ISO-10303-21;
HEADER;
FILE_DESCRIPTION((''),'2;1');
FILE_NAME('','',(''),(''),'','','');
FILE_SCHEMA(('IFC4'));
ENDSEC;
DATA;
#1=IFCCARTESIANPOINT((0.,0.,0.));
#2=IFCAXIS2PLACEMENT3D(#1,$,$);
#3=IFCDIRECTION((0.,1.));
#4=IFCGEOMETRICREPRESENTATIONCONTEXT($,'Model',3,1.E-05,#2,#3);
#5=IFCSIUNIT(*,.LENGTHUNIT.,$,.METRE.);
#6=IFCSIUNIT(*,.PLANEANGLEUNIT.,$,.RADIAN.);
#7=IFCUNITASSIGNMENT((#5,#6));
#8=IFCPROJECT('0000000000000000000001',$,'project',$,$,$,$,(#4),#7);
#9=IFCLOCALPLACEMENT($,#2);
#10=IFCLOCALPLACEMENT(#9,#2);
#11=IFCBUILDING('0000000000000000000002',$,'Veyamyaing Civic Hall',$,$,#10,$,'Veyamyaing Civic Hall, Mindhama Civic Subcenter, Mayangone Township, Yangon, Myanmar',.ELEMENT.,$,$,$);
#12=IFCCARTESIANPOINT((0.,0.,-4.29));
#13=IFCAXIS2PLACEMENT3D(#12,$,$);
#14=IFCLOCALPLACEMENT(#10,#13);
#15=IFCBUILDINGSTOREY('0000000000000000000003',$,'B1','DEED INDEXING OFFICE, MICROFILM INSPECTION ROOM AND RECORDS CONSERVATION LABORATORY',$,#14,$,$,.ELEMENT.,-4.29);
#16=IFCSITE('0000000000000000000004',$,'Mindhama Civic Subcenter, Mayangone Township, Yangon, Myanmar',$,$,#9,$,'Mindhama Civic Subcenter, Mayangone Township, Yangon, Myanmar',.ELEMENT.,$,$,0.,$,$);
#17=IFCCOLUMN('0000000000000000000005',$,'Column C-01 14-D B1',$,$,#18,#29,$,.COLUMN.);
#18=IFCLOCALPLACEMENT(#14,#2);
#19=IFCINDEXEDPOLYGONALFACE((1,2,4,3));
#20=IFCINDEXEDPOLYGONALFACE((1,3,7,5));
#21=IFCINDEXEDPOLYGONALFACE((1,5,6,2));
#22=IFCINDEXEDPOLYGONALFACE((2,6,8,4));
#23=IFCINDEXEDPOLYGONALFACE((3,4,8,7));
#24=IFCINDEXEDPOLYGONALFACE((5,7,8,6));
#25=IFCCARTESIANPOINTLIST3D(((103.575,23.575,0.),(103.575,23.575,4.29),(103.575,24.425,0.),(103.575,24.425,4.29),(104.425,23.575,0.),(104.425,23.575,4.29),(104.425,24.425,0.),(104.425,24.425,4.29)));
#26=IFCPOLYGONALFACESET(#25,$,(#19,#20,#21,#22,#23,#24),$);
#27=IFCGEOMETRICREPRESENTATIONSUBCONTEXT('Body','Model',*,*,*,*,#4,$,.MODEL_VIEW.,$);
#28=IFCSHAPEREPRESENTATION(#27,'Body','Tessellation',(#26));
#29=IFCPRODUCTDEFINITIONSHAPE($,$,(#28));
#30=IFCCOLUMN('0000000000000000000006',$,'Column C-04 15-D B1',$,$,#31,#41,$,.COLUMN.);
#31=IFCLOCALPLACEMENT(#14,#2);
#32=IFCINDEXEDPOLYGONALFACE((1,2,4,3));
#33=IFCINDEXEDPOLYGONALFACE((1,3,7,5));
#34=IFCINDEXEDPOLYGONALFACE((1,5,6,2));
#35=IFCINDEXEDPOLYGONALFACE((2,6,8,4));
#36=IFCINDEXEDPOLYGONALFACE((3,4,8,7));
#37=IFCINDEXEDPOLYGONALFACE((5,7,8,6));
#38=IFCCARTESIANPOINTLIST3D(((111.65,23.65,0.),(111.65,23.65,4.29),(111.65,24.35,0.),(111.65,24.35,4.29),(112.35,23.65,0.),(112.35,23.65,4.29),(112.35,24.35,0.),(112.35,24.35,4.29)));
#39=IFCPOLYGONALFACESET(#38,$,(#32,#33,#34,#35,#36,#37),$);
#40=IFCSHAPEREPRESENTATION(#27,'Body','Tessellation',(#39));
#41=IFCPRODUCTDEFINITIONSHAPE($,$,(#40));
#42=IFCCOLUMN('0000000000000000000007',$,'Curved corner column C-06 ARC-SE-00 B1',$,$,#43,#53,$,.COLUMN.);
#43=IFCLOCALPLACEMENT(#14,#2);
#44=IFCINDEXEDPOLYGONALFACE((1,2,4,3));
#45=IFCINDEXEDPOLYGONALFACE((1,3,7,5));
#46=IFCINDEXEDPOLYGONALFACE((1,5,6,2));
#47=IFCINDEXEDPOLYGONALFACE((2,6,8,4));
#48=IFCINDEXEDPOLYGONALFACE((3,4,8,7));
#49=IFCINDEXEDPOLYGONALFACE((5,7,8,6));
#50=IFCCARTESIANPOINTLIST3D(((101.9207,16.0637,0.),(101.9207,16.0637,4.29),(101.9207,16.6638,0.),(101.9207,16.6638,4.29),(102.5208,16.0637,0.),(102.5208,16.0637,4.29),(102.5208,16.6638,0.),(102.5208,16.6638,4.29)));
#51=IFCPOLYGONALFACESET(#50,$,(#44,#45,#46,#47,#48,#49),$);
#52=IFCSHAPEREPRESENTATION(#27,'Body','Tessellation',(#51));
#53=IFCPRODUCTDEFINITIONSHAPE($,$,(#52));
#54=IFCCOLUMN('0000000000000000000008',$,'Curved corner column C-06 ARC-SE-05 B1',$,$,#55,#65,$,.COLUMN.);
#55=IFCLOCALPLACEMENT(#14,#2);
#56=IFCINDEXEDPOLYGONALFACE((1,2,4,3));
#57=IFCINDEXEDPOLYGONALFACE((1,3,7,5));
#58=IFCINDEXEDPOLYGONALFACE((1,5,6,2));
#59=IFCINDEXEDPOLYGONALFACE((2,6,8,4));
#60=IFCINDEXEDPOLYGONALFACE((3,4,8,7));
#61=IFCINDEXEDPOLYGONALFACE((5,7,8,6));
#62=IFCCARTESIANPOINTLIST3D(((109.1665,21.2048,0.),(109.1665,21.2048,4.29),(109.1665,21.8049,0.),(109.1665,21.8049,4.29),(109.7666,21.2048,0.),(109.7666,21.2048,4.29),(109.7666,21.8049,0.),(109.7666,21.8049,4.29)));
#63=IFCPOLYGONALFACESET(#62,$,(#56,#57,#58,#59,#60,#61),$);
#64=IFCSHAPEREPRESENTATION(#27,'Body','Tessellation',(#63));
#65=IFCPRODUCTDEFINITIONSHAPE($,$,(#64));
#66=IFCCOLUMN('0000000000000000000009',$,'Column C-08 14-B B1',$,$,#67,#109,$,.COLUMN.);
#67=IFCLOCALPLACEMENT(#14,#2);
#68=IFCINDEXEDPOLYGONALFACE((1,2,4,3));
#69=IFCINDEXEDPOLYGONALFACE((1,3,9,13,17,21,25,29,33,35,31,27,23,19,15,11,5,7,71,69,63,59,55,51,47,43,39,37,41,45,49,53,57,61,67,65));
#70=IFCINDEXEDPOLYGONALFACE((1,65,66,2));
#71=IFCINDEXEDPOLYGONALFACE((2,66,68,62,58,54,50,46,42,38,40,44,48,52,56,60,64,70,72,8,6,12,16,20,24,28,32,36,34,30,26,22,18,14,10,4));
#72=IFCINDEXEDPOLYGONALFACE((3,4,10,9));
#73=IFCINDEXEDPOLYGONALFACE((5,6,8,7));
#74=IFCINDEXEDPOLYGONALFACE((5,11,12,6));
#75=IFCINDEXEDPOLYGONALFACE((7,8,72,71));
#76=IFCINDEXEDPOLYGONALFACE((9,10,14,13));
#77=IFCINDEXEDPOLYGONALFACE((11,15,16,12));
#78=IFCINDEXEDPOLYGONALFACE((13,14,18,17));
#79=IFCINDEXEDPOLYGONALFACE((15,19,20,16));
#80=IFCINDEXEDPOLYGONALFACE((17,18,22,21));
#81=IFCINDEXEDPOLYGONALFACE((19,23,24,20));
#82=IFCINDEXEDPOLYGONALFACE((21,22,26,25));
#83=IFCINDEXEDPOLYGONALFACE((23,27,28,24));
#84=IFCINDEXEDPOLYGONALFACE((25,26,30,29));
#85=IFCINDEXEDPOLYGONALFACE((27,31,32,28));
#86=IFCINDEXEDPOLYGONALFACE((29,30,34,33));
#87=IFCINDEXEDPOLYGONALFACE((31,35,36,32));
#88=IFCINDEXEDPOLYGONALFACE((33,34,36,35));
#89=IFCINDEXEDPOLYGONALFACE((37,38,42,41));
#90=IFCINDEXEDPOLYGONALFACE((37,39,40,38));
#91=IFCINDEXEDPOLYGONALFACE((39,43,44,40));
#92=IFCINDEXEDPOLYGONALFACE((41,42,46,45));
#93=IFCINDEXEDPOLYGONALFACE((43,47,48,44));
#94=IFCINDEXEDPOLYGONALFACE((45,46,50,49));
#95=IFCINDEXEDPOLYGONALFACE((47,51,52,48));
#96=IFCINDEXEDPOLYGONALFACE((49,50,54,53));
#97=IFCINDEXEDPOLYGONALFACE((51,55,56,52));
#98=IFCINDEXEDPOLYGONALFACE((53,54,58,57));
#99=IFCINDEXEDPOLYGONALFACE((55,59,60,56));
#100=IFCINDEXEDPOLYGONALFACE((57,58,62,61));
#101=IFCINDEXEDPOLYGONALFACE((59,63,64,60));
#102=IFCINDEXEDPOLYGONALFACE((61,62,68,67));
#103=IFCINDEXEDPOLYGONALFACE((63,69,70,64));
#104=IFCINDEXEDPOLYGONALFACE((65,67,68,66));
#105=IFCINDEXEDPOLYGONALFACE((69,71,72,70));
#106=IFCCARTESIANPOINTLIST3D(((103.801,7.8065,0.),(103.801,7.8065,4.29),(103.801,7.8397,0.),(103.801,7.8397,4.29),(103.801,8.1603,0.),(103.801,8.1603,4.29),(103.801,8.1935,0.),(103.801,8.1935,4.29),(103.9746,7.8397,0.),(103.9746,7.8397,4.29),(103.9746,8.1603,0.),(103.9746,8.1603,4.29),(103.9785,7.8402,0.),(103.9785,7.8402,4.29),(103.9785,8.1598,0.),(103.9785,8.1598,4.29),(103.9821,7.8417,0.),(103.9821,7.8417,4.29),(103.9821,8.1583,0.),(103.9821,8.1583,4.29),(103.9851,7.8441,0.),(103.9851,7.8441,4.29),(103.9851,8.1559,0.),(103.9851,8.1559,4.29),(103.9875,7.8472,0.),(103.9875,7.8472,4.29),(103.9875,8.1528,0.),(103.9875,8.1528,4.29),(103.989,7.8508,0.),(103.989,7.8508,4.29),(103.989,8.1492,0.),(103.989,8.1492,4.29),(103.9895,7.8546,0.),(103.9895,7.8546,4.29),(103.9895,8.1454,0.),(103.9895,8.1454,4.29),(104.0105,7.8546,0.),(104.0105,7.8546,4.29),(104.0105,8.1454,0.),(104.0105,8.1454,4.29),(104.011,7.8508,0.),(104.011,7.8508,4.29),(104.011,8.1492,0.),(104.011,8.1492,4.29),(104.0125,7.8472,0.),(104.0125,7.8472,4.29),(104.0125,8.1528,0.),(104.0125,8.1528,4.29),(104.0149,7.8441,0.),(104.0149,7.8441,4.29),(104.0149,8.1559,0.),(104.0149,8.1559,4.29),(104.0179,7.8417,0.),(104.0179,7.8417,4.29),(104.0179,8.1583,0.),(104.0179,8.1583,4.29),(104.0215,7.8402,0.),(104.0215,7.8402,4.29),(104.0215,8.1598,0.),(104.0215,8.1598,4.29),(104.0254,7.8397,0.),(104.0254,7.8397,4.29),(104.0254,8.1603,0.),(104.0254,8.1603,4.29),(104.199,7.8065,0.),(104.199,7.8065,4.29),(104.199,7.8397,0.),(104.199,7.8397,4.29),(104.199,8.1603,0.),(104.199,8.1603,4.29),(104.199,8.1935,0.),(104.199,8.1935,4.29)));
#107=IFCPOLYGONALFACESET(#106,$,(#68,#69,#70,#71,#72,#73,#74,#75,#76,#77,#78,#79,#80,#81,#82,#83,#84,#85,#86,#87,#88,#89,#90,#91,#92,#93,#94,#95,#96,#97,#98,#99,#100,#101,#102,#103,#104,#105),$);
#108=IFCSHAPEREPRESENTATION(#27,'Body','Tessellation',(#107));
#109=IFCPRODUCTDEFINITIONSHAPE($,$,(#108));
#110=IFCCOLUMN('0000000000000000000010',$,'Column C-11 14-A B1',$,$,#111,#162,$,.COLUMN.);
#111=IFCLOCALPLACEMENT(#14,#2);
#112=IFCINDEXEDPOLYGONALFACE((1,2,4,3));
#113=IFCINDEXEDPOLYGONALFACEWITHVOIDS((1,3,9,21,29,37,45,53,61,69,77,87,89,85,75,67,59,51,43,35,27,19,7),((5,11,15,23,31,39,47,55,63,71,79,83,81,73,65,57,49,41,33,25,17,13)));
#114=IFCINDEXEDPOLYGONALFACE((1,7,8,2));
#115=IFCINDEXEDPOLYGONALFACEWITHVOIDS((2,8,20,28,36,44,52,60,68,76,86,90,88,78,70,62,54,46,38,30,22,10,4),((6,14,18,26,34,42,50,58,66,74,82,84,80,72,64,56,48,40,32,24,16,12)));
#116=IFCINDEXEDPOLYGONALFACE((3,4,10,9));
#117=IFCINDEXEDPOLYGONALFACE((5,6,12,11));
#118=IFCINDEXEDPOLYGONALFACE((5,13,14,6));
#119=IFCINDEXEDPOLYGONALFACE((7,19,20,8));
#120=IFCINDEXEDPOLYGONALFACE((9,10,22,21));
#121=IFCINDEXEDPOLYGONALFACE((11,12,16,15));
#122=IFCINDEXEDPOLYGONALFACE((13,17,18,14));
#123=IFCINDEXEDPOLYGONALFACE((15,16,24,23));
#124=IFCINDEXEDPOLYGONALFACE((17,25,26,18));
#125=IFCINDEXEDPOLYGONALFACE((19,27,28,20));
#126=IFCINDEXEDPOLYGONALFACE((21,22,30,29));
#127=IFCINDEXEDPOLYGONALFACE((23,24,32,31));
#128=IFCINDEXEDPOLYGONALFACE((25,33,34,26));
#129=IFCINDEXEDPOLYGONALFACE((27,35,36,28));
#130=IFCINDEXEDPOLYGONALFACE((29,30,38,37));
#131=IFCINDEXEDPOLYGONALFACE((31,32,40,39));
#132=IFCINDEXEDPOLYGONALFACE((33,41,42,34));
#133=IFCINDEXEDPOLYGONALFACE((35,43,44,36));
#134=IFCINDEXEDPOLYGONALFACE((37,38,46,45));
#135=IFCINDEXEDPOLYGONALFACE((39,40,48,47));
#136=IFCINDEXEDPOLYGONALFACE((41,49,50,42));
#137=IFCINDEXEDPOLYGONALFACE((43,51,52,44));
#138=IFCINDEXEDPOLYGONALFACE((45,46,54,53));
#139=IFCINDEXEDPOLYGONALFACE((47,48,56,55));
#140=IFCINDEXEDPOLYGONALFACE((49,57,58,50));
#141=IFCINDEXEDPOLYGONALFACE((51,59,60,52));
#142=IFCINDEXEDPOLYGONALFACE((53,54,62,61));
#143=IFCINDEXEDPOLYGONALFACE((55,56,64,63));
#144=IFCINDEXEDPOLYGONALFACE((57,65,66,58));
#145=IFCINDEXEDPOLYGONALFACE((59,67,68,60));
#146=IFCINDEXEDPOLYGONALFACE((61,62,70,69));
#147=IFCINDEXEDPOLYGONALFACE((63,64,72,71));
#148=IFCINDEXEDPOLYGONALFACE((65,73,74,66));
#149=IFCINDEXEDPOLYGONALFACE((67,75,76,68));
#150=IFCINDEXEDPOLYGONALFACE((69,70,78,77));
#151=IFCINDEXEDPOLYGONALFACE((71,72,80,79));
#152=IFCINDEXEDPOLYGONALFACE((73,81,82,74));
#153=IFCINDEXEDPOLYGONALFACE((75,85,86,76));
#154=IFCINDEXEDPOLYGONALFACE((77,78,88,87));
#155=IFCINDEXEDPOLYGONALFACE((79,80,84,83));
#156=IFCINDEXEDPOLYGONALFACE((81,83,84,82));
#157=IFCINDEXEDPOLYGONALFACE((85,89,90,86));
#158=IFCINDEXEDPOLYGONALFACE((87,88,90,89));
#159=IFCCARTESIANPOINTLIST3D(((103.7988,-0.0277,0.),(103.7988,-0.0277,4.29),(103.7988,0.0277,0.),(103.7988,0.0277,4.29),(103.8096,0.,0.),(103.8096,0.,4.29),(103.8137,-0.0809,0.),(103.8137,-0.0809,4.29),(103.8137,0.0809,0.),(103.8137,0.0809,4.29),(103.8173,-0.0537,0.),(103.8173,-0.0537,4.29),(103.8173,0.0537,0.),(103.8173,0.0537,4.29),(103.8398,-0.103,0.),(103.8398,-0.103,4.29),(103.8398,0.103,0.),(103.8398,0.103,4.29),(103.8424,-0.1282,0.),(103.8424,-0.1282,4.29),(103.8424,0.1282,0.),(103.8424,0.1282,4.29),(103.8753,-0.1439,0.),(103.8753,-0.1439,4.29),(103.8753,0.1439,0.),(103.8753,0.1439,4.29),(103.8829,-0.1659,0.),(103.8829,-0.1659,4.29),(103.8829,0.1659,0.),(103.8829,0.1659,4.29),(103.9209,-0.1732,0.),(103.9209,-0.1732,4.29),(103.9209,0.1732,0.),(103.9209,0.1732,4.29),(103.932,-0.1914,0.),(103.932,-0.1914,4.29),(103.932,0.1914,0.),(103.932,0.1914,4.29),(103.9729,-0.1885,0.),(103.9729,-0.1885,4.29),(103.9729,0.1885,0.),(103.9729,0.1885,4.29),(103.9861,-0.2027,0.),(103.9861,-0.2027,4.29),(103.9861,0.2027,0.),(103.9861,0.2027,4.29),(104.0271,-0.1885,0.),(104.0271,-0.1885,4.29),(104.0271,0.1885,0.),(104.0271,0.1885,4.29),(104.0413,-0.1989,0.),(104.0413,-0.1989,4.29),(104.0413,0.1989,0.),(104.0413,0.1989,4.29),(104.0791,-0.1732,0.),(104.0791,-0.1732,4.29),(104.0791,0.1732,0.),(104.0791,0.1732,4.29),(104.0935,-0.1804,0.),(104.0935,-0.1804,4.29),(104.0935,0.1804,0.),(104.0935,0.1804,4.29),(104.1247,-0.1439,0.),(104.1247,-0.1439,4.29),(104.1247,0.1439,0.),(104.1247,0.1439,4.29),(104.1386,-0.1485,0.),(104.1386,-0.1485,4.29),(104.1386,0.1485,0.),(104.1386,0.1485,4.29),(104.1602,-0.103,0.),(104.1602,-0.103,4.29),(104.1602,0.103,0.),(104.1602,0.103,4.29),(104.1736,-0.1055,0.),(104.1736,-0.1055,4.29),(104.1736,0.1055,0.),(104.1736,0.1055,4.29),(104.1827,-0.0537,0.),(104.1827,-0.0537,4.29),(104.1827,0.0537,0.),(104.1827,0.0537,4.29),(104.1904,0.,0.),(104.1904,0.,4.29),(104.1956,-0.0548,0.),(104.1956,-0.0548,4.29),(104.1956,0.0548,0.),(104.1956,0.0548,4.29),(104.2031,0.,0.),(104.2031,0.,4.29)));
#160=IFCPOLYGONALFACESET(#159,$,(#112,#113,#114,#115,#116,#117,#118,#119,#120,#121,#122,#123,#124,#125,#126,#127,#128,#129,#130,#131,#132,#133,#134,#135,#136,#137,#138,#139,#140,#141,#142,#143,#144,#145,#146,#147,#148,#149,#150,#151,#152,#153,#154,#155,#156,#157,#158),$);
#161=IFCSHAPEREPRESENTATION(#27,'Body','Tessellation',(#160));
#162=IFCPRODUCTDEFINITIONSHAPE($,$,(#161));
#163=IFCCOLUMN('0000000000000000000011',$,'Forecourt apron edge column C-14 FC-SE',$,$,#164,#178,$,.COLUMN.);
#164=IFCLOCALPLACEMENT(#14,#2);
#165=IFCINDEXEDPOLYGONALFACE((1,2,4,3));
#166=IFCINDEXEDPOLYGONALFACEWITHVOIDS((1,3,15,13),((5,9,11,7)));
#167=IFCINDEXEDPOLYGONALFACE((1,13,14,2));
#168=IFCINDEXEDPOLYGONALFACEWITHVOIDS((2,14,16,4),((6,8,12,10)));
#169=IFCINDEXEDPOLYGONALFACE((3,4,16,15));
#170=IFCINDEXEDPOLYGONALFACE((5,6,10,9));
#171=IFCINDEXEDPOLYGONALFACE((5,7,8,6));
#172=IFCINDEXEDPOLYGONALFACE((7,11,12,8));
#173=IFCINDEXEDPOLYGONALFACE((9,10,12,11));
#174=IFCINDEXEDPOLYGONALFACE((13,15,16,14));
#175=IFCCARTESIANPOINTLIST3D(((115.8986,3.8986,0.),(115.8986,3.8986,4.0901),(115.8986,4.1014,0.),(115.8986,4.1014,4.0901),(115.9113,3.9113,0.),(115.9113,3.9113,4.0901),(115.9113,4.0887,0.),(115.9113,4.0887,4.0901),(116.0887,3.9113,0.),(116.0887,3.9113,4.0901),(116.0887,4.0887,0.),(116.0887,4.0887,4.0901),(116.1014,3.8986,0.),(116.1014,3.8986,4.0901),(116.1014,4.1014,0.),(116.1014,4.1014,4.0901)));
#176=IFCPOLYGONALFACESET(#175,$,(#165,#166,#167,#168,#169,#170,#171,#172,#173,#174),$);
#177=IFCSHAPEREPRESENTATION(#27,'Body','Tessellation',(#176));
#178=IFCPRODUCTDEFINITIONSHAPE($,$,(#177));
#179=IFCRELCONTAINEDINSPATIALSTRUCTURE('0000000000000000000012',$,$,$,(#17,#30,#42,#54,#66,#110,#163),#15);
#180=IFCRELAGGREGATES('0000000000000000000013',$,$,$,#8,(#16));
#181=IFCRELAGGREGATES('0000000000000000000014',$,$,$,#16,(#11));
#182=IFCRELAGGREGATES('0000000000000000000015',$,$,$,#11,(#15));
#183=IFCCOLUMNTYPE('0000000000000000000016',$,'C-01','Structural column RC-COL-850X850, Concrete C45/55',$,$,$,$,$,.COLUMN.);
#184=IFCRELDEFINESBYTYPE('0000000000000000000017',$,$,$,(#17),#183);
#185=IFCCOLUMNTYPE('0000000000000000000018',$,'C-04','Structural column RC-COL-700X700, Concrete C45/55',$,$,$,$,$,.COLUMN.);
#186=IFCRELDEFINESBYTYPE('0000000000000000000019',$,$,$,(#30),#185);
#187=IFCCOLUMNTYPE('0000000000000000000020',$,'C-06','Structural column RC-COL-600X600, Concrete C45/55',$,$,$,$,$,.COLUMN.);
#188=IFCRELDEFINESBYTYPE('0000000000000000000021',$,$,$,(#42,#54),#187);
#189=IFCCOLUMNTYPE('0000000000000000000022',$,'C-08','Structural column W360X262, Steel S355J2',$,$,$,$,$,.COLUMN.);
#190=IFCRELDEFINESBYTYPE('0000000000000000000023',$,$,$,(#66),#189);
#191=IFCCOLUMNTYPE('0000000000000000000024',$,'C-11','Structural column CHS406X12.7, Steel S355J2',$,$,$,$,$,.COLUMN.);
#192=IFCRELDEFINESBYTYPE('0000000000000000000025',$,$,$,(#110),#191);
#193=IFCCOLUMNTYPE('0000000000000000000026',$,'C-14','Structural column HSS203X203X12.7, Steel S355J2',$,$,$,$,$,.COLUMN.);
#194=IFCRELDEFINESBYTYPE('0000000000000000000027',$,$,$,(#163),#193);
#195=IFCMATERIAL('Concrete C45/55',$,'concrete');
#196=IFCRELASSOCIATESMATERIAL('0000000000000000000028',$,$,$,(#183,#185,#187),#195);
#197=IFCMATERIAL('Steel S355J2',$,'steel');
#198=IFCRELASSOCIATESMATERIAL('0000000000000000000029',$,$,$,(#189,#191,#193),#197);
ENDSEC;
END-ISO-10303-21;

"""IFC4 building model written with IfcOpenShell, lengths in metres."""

from ifc_helpers import new_model, si_unit, direction, frame, origin, origin_2d, place, context, subcontext, project, spatial, rectangle, hollow_rectangle, hollow_circle, i_section, extrude, material, material_profile, profile_set, type_object, element, save


model = new_model("IFC4")

# Units and contexts
model_context = context("Model", 3, precision=1e-05, world=origin(), true_north=direction((0.0, 1.0)))
body_context = subcontext(model_context, "Body", "Model", "MODEL_VIEW")
ifc_project = project(units=[si_unit("LENGTHUNIT", "METRE"), si_unit("PLANEANGLEUNIT", "RADIAN")], contexts=[model_context])

# Site, building, storey
site_placement = place(None, origin())
site = spatial("IfcSite", under=ifc_project, at=site_placement, Name="Mindhama Civic Subcenter, Mayangone Township, Yangon, Myanmar", LongName="Mindhama Civic Subcenter, Mayangone Township, Yangon, Myanmar", CompositionType="ELEMENT", RefElevation=0.0)
building_placement = place(site_placement, origin())
building = spatial("IfcBuilding", under=site, at=building_placement, Name="Veyamyaing Civic Hall", LongName="Veyamyaing Civic Hall, Mindhama Civic Subcenter, Mayangone Township, Yangon, Myanmar", CompositionType="ELEMENT")
storey_placement = place(building_placement, frame((0.0, 0.0, -4.29)))
storey = spatial("IfcBuildingStorey", under=building, at=storey_placement, Name="B1", Description="DEED INDEXING OFFICE, MICROFILM INSPECTION ROOM AND RECORDS CONSERVATION LABORATORY", CompositionType="ELEMENT", Elevation=-4.29)

# Columns
ifc_material_1 = material(Name="Concrete C45/55", Category="concrete")
ifc_material_profile_1 = material_profile(ifc_material_1, rectangle(XDim=0.8501, YDim=0.8501, at=origin_2d()), Name="RC-COL-850X850")
ifc_profile_set_1 = profile_set([ifc_material_profile_1], Name="Concrete C45/55")
column_type_1 = type_object("IfcColumnType", Name="C-01", Description="Structural column RC-COL-850X850, Concrete C45/55", PredefinedType="COLUMN", material=ifc_profile_set_1)
column_1_placement = place(storey_placement, frame((104.0, 24.0, 0.0), z_axis=(0.0, 0.0, 1.0), x_axis=(1.0, 0.0, 0.0)))
element("IfcColumn", 1, at=column_1_placement, inside=storey, type_object=column_type_1, Name="Column C-01 14-D B1", PredefinedType="COLUMN", context=body_context, shape_type="SweptSolid", body=[
    extrude(rectangle(XDim=0.8501, YDim=0.8501, at=origin_2d()), origin(), (0.0, 0.0, 1.0), 4.29),
])
ifc_material_profile_2 = material_profile(ifc_material_1, rectangle(XDim=0.7, YDim=0.7, at=origin_2d()), Name="RC-COL-700X700")
ifc_profile_set_2 = profile_set([ifc_material_profile_2], Name="Concrete C45/55")
column_type_2 = type_object("IfcColumnType", Name="C-04", Description="Structural column RC-COL-700X700, Concrete C45/55", PredefinedType="COLUMN", material=ifc_profile_set_2)
column_2_placement = place(storey_placement, frame((112.0, 24.0, 0.0), z_axis=(0.0, 0.0, 1.0), x_axis=(1.0, 0.0, 0.0)))
element("IfcColumn", 2, at=column_2_placement, inside=storey, type_object=column_type_2, Name="Column C-04 15-D B1", PredefinedType="COLUMN", context=body_context, shape_type="SweptSolid", body=[
    extrude(rectangle(XDim=0.7, YDim=0.7, at=origin_2d()), origin(), (0.0, 0.0, 1.0), 4.29),
])
ifc_material_profile_3 = material_profile(ifc_material_1, rectangle(XDim=0.6001, YDim=0.6001, at=origin_2d()), Name="RC-COL-600X600")
ifc_profile_set_3 = profile_set([ifc_material_profile_3], Name="Concrete C45/55")
column_type_3 = type_object("IfcColumnType", Name="C-06", Description="Structural column RC-COL-600X600, Concrete C45/55", PredefinedType="COLUMN", material=ifc_profile_set_3)
for number, where, z_axis, x_axis, name in (
    (3, (102.2207, 16.3638, 0.0), (0.0, 0.0, 1.0), (1.0, 0.0, 0.0), "Curved corner column C-06 ARC-SE-00 B1"),
    (4, (109.4666, 21.5049, 0.0), (0.0, 0.0, 1.0), (1.0, 0.0, 0.0), "Curved corner column C-06 ARC-SE-05 B1"),
):
    element("IfcColumn", number, at=place(storey_placement, frame(where, z_axis=z_axis, x_axis=x_axis)), inside=storey, type_object=column_type_3, Name=name, PredefinedType="COLUMN", context=body_context, shape_type="SweptSolid", body=[
        extrude(rectangle(XDim=0.6001, YDim=0.6001, at=origin_2d()), origin(), (0.0, 0.0, 1.0), 4.29),
    ])
ifc_material_2 = material(Name="Steel S355J2", Category="steel")
ifc_material_profile_4 = material_profile(ifc_material_2, i_section(OverallWidth=0.3979, OverallDepth=0.387, WebThickness=0.021, FlangeThickness=0.0332, FilletRadius=0.0149, at=origin_2d()), Name="W360X262")
ifc_profile_set_4 = profile_set([ifc_material_profile_4], Name="Steel S355J2")
column_type_4 = type_object("IfcColumnType", Name="C-08", Description="Structural column W360X262, Steel S355J2", PredefinedType="COLUMN", material=ifc_profile_set_4)
column_3_placement = place(storey_placement, frame((104.0, 8.0, 0.0), z_axis=(0.0, 0.0, 1.0), x_axis=(1.0, 0.0, 0.0)))
element("IfcColumn", 5, at=column_3_placement, inside=storey, type_object=column_type_4, Name="Column C-08 14-B B1", PredefinedType="COLUMN", context=body_context, shape_type="SweptSolid", body=[
    extrude(i_section(OverallWidth=0.3979, OverallDepth=0.387, WebThickness=0.021, FlangeThickness=0.0332, FilletRadius=0.0149, at=origin_2d()), origin(), (0.0, 0.0, 1.0), 4.29),
])
ifc_material_profile_5 = material_profile(ifc_material_2, hollow_circle(Radius=0.2031, WallThickness=0.0127, at=origin_2d()), Name="CHS406X12.7")
ifc_profile_set_5 = profile_set([ifc_material_profile_5], Name="Steel S355J2")
column_type_5 = type_object("IfcColumnType", Name="C-11", Description="Structural column CHS406X12.7, Steel S355J2", PredefinedType="COLUMN", material=ifc_profile_set_5)
column_4_placement = place(storey_placement, frame((104.0, 0.0, 0.0), z_axis=(0.0, 0.0, 1.0), x_axis=(1.0, 0.0, 0.0)))
element("IfcColumn", 6, at=column_4_placement, inside=storey, type_object=column_type_5, Name="Column C-11 14-A B1", PredefinedType="COLUMN", context=body_context, shape_type="SweptSolid", body=[
    extrude(hollow_circle(Radius=0.2031, WallThickness=0.0127, at=origin_2d()), origin(), (0.0, 0.0, 1.0), 4.29),
])
ifc_material_profile_6 = material_profile(ifc_material_2, hollow_rectangle(XDim=0.2029, YDim=0.2029, WallThickness=0.0127, at=origin_2d()), Name="HSS203X203X12.7")
ifc_profile_set_6 = profile_set([ifc_material_profile_6], Name="Steel S355J2")
column_type_6 = type_object("IfcColumnType", Name="C-14", Description="Structural column HSS203X203X12.7, Steel S355J2", PredefinedType="COLUMN", material=ifc_profile_set_6)
column_5_placement = place(storey_placement, frame((116.0, 4.0, 0.0), z_axis=(0.0, 0.0, 1.0), x_axis=(1.0, 0.0, 0.0)))
element("IfcColumn", 7, at=column_5_placement, inside=storey, type_object=column_type_6, Name="Forecourt apron edge column C-14 FC-SE", PredefinedType="COLUMN", context=body_context, shape_type="SweptSolid", body=[
    extrude(hollow_rectangle(XDim=0.2029, YDim=0.2029, WallThickness=0.0127, at=origin_2d()), origin(), (0.0, 0.0, 1.0), 4.0901),
])

save(model, "model.ifc")
